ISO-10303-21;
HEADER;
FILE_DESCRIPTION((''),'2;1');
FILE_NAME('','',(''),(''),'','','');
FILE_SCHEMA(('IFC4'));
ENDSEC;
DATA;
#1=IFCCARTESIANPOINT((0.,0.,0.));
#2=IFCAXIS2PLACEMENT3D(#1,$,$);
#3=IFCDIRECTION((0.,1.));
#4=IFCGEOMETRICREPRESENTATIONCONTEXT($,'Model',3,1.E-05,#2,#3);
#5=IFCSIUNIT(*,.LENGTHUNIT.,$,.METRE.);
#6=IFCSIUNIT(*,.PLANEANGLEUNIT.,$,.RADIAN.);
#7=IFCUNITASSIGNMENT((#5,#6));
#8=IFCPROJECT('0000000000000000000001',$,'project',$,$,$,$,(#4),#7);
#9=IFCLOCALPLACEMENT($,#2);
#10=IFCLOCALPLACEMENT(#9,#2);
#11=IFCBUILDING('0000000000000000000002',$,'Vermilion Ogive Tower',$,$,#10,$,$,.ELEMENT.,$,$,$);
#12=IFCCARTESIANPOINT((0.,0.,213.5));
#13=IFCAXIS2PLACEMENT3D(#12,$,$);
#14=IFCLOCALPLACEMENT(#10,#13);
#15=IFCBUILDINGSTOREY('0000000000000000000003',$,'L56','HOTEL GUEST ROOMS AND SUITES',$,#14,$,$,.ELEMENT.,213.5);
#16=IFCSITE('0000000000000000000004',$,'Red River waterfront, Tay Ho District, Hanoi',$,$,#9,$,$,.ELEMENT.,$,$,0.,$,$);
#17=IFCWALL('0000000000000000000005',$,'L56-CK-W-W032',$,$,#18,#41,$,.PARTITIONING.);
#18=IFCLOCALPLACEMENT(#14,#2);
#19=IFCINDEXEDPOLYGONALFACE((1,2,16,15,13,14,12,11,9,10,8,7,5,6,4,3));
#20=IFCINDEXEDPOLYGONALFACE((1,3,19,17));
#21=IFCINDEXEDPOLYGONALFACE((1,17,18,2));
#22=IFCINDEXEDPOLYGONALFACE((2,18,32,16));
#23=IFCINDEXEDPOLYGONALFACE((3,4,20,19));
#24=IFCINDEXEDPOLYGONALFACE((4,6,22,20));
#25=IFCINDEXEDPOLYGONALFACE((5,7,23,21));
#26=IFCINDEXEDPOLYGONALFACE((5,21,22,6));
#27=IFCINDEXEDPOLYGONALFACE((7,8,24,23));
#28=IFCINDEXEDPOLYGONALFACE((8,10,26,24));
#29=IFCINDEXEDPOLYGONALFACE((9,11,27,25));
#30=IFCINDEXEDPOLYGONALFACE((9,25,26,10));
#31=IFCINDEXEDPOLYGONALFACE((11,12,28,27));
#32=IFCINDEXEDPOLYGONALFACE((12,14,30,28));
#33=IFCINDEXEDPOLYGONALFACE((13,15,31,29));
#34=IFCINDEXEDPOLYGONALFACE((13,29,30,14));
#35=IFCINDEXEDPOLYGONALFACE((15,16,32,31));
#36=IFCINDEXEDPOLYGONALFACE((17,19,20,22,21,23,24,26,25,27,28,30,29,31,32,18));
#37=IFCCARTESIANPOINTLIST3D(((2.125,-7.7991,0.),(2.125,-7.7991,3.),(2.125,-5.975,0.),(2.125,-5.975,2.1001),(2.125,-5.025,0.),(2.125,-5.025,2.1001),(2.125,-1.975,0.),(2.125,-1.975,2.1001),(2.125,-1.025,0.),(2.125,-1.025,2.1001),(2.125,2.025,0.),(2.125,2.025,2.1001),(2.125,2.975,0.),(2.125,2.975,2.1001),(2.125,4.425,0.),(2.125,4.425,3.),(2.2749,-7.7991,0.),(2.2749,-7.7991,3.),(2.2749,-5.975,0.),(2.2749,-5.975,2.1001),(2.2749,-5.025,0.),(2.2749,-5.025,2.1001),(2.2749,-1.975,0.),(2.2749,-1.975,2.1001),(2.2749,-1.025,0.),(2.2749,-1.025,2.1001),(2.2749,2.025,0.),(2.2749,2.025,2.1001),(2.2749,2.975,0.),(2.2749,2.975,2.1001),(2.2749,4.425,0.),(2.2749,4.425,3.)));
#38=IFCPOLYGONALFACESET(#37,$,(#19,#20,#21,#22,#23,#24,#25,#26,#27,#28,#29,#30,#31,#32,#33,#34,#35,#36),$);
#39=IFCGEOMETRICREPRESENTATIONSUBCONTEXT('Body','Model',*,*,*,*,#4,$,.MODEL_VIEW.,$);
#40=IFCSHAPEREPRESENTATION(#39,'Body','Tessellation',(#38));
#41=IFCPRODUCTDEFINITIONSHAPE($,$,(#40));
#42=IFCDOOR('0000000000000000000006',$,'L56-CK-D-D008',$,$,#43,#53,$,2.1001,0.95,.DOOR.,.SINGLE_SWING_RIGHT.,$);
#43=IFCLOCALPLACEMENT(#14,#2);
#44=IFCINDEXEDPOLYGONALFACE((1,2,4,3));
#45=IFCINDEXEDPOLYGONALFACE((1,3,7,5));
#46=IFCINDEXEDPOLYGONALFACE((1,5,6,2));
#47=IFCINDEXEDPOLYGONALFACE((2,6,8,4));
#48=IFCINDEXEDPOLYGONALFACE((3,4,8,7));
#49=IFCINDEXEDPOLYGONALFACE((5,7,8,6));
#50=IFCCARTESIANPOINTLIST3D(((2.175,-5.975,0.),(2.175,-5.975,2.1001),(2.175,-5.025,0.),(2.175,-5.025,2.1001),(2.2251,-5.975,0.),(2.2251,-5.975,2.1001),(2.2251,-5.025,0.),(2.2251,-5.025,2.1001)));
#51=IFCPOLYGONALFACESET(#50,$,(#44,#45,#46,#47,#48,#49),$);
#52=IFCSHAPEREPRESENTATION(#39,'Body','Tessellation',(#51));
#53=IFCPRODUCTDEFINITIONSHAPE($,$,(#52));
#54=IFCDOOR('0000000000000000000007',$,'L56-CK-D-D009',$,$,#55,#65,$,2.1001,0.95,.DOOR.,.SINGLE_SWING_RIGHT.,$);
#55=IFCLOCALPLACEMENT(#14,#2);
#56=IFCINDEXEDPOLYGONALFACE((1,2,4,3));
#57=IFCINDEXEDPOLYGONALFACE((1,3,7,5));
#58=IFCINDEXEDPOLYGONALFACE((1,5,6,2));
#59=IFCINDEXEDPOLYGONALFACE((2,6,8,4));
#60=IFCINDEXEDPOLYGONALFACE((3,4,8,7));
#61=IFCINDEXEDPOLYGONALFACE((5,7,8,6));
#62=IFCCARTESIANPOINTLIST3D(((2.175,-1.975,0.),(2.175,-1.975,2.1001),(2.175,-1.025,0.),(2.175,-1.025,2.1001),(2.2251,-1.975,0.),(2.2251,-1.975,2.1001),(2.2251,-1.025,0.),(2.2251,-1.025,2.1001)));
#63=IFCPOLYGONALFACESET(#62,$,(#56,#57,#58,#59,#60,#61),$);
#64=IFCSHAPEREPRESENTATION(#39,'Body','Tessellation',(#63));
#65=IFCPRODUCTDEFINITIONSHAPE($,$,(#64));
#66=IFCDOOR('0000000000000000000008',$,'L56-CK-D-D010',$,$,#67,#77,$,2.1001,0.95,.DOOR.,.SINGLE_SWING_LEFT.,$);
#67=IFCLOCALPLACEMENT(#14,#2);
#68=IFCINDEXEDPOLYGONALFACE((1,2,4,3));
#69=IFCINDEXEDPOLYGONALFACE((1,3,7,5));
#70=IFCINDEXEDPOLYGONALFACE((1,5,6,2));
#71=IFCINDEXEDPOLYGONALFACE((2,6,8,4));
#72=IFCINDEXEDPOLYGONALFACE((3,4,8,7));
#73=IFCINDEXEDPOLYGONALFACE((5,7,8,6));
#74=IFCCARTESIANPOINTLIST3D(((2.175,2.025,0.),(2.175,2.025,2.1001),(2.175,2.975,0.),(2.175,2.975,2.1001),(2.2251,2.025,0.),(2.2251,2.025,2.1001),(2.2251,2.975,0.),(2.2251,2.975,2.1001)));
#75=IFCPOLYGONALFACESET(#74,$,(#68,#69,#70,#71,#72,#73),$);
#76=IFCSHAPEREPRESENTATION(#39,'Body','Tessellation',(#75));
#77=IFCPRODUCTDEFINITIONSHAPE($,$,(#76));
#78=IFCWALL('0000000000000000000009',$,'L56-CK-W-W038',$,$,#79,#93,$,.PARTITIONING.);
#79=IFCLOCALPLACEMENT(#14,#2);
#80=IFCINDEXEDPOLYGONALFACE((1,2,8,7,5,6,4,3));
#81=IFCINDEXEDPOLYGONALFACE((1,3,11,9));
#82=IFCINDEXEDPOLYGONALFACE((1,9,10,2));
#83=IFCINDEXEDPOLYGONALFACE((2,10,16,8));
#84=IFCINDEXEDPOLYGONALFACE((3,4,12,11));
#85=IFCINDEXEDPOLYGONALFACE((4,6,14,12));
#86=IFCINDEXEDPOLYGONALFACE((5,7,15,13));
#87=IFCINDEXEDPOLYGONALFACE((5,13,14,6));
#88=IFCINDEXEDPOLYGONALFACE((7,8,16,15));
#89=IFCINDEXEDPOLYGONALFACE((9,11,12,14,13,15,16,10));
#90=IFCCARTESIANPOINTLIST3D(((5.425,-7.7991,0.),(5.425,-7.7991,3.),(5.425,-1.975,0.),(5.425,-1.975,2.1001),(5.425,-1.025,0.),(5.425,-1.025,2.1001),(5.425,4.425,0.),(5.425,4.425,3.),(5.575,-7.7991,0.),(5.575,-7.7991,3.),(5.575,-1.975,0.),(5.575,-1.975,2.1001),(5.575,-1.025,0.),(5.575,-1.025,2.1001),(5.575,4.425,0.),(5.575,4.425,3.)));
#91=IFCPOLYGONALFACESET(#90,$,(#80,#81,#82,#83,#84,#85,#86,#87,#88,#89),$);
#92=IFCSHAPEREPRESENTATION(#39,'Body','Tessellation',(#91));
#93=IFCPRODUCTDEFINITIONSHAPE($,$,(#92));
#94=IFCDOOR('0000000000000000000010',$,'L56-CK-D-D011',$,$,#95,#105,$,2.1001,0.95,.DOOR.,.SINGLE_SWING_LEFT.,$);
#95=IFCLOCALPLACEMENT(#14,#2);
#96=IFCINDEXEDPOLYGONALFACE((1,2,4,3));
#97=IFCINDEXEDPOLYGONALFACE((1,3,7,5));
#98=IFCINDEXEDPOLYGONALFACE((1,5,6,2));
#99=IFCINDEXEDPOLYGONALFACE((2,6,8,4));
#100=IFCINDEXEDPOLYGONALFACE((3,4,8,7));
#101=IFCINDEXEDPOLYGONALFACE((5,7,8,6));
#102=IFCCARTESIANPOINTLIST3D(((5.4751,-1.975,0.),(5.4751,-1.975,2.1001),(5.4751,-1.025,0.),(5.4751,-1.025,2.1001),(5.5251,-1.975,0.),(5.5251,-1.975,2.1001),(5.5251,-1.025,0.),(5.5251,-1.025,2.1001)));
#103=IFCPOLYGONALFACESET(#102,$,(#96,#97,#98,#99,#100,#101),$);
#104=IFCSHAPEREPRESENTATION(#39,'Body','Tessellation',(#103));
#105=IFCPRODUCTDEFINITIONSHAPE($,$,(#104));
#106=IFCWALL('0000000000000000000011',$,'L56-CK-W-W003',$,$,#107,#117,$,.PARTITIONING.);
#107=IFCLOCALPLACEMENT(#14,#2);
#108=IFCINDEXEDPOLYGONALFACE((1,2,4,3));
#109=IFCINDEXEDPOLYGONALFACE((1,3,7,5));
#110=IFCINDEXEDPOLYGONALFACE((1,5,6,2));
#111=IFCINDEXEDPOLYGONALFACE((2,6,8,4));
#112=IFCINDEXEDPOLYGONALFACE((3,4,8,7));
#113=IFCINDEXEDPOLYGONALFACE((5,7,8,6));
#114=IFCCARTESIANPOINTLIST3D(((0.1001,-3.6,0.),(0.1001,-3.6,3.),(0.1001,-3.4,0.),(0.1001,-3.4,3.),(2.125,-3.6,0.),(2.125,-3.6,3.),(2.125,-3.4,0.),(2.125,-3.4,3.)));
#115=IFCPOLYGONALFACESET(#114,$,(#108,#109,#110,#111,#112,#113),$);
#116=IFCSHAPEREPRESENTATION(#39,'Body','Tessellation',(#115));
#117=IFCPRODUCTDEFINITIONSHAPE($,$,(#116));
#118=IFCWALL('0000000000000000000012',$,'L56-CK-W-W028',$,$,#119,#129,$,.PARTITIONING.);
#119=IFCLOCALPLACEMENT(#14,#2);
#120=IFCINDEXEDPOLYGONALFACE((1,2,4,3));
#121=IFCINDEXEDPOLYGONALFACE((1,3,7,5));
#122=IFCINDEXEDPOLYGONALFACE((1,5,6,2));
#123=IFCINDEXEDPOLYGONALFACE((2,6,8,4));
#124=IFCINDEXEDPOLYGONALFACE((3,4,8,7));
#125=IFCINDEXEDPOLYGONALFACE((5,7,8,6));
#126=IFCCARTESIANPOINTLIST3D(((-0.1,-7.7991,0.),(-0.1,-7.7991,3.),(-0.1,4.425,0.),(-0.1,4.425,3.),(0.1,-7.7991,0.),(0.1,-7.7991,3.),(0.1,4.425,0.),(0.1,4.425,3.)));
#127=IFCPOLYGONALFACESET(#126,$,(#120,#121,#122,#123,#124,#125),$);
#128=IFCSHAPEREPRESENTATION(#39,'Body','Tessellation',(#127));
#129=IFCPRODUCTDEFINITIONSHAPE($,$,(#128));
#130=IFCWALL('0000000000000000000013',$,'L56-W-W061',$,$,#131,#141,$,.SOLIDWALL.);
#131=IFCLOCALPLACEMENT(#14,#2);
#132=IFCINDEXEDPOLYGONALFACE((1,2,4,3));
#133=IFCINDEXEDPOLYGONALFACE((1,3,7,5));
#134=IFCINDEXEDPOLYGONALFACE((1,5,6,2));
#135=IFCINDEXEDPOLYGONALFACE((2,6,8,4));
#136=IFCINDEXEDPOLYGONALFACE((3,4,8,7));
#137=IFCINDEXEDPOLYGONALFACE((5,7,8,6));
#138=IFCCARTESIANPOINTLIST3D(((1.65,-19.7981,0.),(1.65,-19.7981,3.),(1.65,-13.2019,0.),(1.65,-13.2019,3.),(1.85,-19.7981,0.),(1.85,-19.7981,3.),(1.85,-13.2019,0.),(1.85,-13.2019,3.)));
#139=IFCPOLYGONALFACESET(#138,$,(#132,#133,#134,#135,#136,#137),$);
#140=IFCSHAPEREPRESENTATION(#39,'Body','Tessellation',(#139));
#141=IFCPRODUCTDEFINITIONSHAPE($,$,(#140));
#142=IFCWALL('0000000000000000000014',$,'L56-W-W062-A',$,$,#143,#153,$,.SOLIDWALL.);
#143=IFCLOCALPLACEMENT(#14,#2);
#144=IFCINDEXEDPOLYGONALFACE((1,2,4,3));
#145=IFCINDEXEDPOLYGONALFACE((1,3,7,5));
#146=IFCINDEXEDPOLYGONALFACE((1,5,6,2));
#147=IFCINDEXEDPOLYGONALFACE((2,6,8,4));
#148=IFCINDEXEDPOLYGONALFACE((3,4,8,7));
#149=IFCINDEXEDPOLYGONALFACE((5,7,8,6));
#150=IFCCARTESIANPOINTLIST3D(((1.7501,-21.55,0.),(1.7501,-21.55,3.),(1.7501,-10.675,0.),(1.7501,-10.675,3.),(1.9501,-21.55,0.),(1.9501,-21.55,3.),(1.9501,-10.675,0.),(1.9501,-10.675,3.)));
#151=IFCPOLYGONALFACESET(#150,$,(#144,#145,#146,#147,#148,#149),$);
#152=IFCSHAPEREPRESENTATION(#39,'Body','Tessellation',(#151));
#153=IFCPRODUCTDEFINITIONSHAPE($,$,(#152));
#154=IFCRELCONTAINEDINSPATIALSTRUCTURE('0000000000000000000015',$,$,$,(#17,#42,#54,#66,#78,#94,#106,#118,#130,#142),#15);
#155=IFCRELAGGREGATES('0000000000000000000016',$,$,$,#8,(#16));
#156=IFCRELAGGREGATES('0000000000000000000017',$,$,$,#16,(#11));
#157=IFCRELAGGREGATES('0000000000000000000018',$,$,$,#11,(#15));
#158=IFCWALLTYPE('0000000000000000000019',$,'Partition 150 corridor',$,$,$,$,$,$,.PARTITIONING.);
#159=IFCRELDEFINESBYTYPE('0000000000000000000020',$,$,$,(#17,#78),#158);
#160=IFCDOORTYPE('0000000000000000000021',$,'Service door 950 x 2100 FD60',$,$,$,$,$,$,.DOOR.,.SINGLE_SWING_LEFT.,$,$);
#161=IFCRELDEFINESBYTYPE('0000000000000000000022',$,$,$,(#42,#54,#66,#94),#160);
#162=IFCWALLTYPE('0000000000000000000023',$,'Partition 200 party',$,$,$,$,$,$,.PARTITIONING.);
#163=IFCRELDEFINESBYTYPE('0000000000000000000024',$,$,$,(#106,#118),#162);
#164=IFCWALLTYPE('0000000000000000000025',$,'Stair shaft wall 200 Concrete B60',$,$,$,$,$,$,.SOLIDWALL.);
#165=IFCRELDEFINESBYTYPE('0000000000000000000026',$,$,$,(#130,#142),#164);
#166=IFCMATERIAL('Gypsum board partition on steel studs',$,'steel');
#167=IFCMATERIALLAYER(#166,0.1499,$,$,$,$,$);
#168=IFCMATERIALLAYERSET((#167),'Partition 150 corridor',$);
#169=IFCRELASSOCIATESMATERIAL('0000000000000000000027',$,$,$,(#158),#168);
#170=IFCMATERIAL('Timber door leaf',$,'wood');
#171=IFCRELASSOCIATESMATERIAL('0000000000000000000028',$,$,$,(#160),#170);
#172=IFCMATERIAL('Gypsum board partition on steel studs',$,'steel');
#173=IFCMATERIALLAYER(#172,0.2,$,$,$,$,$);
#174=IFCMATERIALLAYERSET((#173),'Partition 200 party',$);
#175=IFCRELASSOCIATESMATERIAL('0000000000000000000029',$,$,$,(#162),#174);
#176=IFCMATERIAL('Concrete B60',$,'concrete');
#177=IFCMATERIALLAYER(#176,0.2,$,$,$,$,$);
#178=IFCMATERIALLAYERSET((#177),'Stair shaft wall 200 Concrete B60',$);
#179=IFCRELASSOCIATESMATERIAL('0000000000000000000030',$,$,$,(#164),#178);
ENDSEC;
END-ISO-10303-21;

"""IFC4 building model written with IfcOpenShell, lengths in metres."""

from ifc_helpers import new_model, si_unit, direction, frame, frame_2d, origin, place, context, subcontext, project, spatial, rectangle, extrude, material, layer, layer_set, type_object, element, fill, save


model = new_model("IFC4")

# Units and contexts
model_context = context("Model", 3, precision=1e-05, world=origin(), true_north=direction((0.0, 1.0)))
body_context = subcontext(model_context, "Body", "Model", "MODEL_VIEW")
ifc_project = project(units=[si_unit("LENGTHUNIT", "METRE"), si_unit("PLANEANGLEUNIT", "RADIAN")], contexts=[model_context])

# Site, building, storey
site_placement = place(None, origin())
site = spatial("IfcSite", under=ifc_project, at=site_placement, Name="Red River waterfront, Tay Ho District, Hanoi", CompositionType="ELEMENT", RefElevation=0.0)
building_placement = place(site_placement, origin())
building = spatial("IfcBuilding", under=site, at=building_placement, Name="Vermilion Ogive Tower", CompositionType="ELEMENT")
storey_placement = place(building_placement, frame((0.0, 0.0, 213.5)))
storey = spatial("IfcBuildingStorey", under=building, at=storey_placement, Name="L56", Description="HOTEL GUEST ROOMS AND SUITES", CompositionType="ELEMENT", Elevation=213.5)

# Wall, openings, doors
ifc_material_1 = material(Name="Gypsum board partition on steel studs", Category="steel")
ifc_layer_1 = layer(ifc_material_1, 0.1499)
ifc_layer_set_1 = layer_set([ifc_layer_1], Name="Partition 150 corridor")
wall_type_1 = type_object("IfcWallType", Name="Partition 150 corridor", PredefinedType="PARTITIONING", material=ifc_layer_set_1)
wall_1_placement = place(storey_placement, frame((2.2, -7.7991, 0.0), z_axis=(0.0, 0.0, 1.0), x_axis=(0.0, 1.0, 0.0)))
wall_1 = element("IfcWall", 1, at=wall_1_placement, inside=storey, type_object=wall_type_1, Name="L56-CK-W-W032", PredefinedType="PARTITIONING", context=body_context, shape_type="SweptSolid", body=[
    extrude(rectangle(XDim=12.2241, YDim=0.1499, at=frame_2d((6.1121, 0.0))), origin(), (0.0, 0.0, 1.0), 3.0),
])
opening_1_placement = place(wall_1_placement, frame((1.824, 0.0, 0.0)))
opening_1 = element("IfcOpeningElement", 2, at=opening_1_placement, cuts=wall_1, PredefinedType="OPENING", context=body_context, shape_type="SweptSolid", body=[
    extrude(rectangle(XDim=0.95, YDim=2.1001, at=frame_2d((0.4751, 1.05))), frame((0.0, 0.085, 0.0), z_axis=(0.0, -1.0, 0.0), x_axis=(1.0, 0.0, 0.0)), (0.0, 0.0, 1.0), 0.1699),
])
opening_2_placement = place(wall_1_placement, frame((5.824, 0.0, 0.0)))
opening_2 = element("IfcOpeningElement", 3, at=opening_2_placement, cuts=wall_1, PredefinedType="OPENING", context=body_context, shape_type="SweptSolid", body=[
    extrude(rectangle(XDim=0.95, YDim=2.1001, at=frame_2d((0.4751, 1.05))), frame((0.0, 0.085, 0.0), z_axis=(0.0, -1.0, 0.0), x_axis=(1.0, 0.0, 0.0)), (0.0, 0.0, 1.0), 0.1699),
])
opening_3_placement = place(wall_1_placement, frame((9.824, 0.0, 0.0)))
opening_3 = element("IfcOpeningElement", 4, at=opening_3_placement, cuts=wall_1, PredefinedType="OPENING", context=body_context, shape_type="SweptSolid", body=[
    extrude(rectangle(XDim=0.95, YDim=2.1001, at=frame_2d((0.4751, 1.05))), frame((0.0, 0.085, 0.0), z_axis=(0.0, -1.0, 0.0), x_axis=(1.0, 0.0, 0.0)), (0.0, 0.0, 1.0), 0.1699),
])
ifc_material_2 = material(Name="Timber door leaf", Category="wood")
door_type = type_object("IfcDoorType", Name="Service door 950 x 2100 FD60", OperationType="SINGLE_SWING_LEFT", PredefinedType="DOOR", material=ifc_material_2)
door_1_placement = place(opening_1_placement, origin())
door_1 = element("IfcDoor", 5, at=door_1_placement, inside=storey, type_object=door_type, Name="L56-CK-D-D008", OperationType="SINGLE_SWING_RIGHT", OverallHeight=2.1001, OverallWidth=0.95, PredefinedType="DOOR", context=body_context, shape_type="SweptSolid", body=[
    extrude(rectangle(XDim=0.95, YDim=2.1001, at=frame_2d((0.4751, 1.05))), frame((0.0, 0.0249, 0.0), z_axis=(0.0, -1.0, 0.0), x_axis=(1.0, 0.0, 0.0)), (0.0, 0.0, 1.0), 0.05),
])
fill(opening_1, door_1)
door_2_placement = place(opening_2_placement, origin())
door_2 = element("IfcDoor", 6, at=door_2_placement, inside=storey, type_object=door_type, Name="L56-CK-D-D009", OperationType="SINGLE_SWING_RIGHT", OverallHeight=2.1001, OverallWidth=0.95, PredefinedType="DOOR", context=body_context, shape_type="SweptSolid", body=[
    extrude(rectangle(XDim=0.95, YDim=2.1001, at=frame_2d((0.4751, 1.05))), frame((0.0, 0.0249, 0.0), z_axis=(0.0, -1.0, 0.0), x_axis=(1.0, 0.0, 0.0)), (0.0, 0.0, 1.0), 0.05),
])
fill(opening_2, door_2)
door_3_placement = place(opening_3_placement, origin())
door_3 = element("IfcDoor", 7, at=door_3_placement, inside=storey, type_object=door_type, Name="L56-CK-D-D010", OperationType="SINGLE_SWING_LEFT", OverallHeight=2.1001, OverallWidth=0.95, PredefinedType="DOOR", context=body_context, shape_type="SweptSolid", body=[
    extrude(rectangle(XDim=0.95, YDim=2.1001, at=frame_2d((0.4751, 1.05))), frame((0.0, 0.0249, 0.0), z_axis=(0.0, -1.0, 0.0), x_axis=(1.0, 0.0, 0.0)), (0.0, 0.0, 1.0), 0.05),
])
fill(opening_3, door_3)

# Wall, opening, door
wall_2_placement = place(storey_placement, frame((5.5, -7.7991, 0.0), z_axis=(0.0, 0.0, 1.0), x_axis=(0.0, 1.0, 0.0)))
wall_2 = element("IfcWall", 8, at=wall_2_placement, inside=storey, type_object=wall_type_1, Name="L56-CK-W-W038", PredefinedType="PARTITIONING", context=body_context, shape_type="SweptSolid", body=[
    extrude(rectangle(XDim=12.2241, YDim=0.1499, at=frame_2d((6.1121, 0.0))), origin(), (0.0, 0.0, 1.0), 3.0),
])
opening_4_placement = place(wall_2_placement, frame((5.824, 0.0, 0.0)))
opening_4 = element("IfcOpeningElement", 9, at=opening_4_placement, cuts=wall_2, PredefinedType="OPENING", context=body_context, shape_type="SweptSolid", body=[
    extrude(rectangle(XDim=0.95, YDim=2.1001, at=frame_2d((0.4751, 1.05))), frame((0.0, 0.085, 0.0), z_axis=(0.0, -1.0, 0.0), x_axis=(1.0, 0.0, 0.0)), (0.0, 0.0, 1.0), 0.1699),
])
door_4_placement = place(opening_4_placement, origin())
door_4 = element("IfcDoor", 10, at=door_4_placement, inside=storey, type_object=door_type, Name="L56-CK-D-D011", OperationType="SINGLE_SWING_LEFT", OverallHeight=2.1001, OverallWidth=0.95, PredefinedType="DOOR", context=body_context, shape_type="SweptSolid", body=[
    extrude(rectangle(XDim=0.95, YDim=2.1001, at=frame_2d((0.4751, 1.05))), frame((0.0, 0.0249, 0.0), z_axis=(0.0, -1.0, 0.0), x_axis=(1.0, 0.0, 0.0)), (0.0, 0.0, 1.0), 0.05),
])
fill(opening_4, door_4)

# Walls
ifc_material_3 = material(Name="Gypsum board partition on steel studs", Category="steel")
ifc_layer_2 = layer(ifc_material_3, 0.2)
ifc_layer_set_2 = layer_set([ifc_layer_2], Name="Partition 200 party")
wall_type_2 = type_object("IfcWallType", Name="Partition 200 party", PredefinedType="PARTITIONING", material=ifc_layer_set_2)
wall_3_placement = place(storey_placement, frame((0.1001, -3.5, 0.0), z_axis=(0.0, 0.0, 1.0), x_axis=(1.0, 0.0, 0.0)))
element("IfcWall", 11, at=wall_3_placement, inside=storey, type_object=wall_type_2, Name="L56-CK-W-W003", PredefinedType="PARTITIONING", context=body_context, shape_type="SweptSolid", body=[
    extrude(rectangle(XDim=2.0249, YDim=0.2, at=frame_2d((1.0125, 0.0))), origin(), (0.0, 0.0, 1.0), 3.0),
])
wall_4_placement = place(storey_placement, frame((0.0, -7.7991, 0.0), z_axis=(0.0, 0.0, 1.0), x_axis=(0.0, 1.0, 0.0)))
element("IfcWall", 12, at=wall_4_placement, inside=storey, type_object=wall_type_2, Name="L56-CK-W-W028", PredefinedType="PARTITIONING", context=body_context, shape_type="SweptSolid", body=[
    extrude(rectangle(XDim=12.2241, YDim=0.2, at=frame_2d((6.1121, 0.0))), origin(), (0.0, 0.0, 1.0), 3.0),
])
ifc_material_4 = material(Name="Concrete B60", Category="concrete")
ifc_layer_3 = layer(ifc_material_4, 0.2)
ifc_layer_set_3 = layer_set([ifc_layer_3], Name="Stair shaft wall 200 Concrete B60")
wall_type_3 = type_object("IfcWallType", Name="Stair shaft wall 200 Concrete B60", PredefinedType="SOLIDWALL", material=ifc_layer_set_3)
wall_5_placement = place(storey_placement, frame((1.75, -19.7981, 0.0), z_axis=(0.0, 0.0, 1.0), x_axis=(0.0, 1.0, 0.0)))
element("IfcWall", 13, at=wall_5_placement, inside=storey, type_object=wall_type_3, Name="L56-W-W061", PredefinedType="SOLIDWALL", context=body_context, shape_type="SweptSolid", body=[
    extrude(rectangle(XDim=6.5962, YDim=0.2, at=frame_2d((3.2981, 0.0))), origin(), (0.0, 0.0, 1.0), 3.0),
])
wall_6_placement = place(storey_placement, frame((1.8501, -21.55, 0.0), z_axis=(0.0, 0.0, 1.0), x_axis=(0.0, 1.0, 0.0)))
element("IfcWall", 14, at=wall_6_placement, inside=storey, type_object=wall_type_3, Name="L56-W-W062-A", PredefinedType="SOLIDWALL", context=body_context, shape_type="SweptSolid", body=[
    extrude(rectangle(XDim=10.875, YDim=0.2, at=frame_2d((5.4375, 0.0))), origin(), (0.0, 0.0, 1.0), 3.0),
])

save(model, "model.ifc")
